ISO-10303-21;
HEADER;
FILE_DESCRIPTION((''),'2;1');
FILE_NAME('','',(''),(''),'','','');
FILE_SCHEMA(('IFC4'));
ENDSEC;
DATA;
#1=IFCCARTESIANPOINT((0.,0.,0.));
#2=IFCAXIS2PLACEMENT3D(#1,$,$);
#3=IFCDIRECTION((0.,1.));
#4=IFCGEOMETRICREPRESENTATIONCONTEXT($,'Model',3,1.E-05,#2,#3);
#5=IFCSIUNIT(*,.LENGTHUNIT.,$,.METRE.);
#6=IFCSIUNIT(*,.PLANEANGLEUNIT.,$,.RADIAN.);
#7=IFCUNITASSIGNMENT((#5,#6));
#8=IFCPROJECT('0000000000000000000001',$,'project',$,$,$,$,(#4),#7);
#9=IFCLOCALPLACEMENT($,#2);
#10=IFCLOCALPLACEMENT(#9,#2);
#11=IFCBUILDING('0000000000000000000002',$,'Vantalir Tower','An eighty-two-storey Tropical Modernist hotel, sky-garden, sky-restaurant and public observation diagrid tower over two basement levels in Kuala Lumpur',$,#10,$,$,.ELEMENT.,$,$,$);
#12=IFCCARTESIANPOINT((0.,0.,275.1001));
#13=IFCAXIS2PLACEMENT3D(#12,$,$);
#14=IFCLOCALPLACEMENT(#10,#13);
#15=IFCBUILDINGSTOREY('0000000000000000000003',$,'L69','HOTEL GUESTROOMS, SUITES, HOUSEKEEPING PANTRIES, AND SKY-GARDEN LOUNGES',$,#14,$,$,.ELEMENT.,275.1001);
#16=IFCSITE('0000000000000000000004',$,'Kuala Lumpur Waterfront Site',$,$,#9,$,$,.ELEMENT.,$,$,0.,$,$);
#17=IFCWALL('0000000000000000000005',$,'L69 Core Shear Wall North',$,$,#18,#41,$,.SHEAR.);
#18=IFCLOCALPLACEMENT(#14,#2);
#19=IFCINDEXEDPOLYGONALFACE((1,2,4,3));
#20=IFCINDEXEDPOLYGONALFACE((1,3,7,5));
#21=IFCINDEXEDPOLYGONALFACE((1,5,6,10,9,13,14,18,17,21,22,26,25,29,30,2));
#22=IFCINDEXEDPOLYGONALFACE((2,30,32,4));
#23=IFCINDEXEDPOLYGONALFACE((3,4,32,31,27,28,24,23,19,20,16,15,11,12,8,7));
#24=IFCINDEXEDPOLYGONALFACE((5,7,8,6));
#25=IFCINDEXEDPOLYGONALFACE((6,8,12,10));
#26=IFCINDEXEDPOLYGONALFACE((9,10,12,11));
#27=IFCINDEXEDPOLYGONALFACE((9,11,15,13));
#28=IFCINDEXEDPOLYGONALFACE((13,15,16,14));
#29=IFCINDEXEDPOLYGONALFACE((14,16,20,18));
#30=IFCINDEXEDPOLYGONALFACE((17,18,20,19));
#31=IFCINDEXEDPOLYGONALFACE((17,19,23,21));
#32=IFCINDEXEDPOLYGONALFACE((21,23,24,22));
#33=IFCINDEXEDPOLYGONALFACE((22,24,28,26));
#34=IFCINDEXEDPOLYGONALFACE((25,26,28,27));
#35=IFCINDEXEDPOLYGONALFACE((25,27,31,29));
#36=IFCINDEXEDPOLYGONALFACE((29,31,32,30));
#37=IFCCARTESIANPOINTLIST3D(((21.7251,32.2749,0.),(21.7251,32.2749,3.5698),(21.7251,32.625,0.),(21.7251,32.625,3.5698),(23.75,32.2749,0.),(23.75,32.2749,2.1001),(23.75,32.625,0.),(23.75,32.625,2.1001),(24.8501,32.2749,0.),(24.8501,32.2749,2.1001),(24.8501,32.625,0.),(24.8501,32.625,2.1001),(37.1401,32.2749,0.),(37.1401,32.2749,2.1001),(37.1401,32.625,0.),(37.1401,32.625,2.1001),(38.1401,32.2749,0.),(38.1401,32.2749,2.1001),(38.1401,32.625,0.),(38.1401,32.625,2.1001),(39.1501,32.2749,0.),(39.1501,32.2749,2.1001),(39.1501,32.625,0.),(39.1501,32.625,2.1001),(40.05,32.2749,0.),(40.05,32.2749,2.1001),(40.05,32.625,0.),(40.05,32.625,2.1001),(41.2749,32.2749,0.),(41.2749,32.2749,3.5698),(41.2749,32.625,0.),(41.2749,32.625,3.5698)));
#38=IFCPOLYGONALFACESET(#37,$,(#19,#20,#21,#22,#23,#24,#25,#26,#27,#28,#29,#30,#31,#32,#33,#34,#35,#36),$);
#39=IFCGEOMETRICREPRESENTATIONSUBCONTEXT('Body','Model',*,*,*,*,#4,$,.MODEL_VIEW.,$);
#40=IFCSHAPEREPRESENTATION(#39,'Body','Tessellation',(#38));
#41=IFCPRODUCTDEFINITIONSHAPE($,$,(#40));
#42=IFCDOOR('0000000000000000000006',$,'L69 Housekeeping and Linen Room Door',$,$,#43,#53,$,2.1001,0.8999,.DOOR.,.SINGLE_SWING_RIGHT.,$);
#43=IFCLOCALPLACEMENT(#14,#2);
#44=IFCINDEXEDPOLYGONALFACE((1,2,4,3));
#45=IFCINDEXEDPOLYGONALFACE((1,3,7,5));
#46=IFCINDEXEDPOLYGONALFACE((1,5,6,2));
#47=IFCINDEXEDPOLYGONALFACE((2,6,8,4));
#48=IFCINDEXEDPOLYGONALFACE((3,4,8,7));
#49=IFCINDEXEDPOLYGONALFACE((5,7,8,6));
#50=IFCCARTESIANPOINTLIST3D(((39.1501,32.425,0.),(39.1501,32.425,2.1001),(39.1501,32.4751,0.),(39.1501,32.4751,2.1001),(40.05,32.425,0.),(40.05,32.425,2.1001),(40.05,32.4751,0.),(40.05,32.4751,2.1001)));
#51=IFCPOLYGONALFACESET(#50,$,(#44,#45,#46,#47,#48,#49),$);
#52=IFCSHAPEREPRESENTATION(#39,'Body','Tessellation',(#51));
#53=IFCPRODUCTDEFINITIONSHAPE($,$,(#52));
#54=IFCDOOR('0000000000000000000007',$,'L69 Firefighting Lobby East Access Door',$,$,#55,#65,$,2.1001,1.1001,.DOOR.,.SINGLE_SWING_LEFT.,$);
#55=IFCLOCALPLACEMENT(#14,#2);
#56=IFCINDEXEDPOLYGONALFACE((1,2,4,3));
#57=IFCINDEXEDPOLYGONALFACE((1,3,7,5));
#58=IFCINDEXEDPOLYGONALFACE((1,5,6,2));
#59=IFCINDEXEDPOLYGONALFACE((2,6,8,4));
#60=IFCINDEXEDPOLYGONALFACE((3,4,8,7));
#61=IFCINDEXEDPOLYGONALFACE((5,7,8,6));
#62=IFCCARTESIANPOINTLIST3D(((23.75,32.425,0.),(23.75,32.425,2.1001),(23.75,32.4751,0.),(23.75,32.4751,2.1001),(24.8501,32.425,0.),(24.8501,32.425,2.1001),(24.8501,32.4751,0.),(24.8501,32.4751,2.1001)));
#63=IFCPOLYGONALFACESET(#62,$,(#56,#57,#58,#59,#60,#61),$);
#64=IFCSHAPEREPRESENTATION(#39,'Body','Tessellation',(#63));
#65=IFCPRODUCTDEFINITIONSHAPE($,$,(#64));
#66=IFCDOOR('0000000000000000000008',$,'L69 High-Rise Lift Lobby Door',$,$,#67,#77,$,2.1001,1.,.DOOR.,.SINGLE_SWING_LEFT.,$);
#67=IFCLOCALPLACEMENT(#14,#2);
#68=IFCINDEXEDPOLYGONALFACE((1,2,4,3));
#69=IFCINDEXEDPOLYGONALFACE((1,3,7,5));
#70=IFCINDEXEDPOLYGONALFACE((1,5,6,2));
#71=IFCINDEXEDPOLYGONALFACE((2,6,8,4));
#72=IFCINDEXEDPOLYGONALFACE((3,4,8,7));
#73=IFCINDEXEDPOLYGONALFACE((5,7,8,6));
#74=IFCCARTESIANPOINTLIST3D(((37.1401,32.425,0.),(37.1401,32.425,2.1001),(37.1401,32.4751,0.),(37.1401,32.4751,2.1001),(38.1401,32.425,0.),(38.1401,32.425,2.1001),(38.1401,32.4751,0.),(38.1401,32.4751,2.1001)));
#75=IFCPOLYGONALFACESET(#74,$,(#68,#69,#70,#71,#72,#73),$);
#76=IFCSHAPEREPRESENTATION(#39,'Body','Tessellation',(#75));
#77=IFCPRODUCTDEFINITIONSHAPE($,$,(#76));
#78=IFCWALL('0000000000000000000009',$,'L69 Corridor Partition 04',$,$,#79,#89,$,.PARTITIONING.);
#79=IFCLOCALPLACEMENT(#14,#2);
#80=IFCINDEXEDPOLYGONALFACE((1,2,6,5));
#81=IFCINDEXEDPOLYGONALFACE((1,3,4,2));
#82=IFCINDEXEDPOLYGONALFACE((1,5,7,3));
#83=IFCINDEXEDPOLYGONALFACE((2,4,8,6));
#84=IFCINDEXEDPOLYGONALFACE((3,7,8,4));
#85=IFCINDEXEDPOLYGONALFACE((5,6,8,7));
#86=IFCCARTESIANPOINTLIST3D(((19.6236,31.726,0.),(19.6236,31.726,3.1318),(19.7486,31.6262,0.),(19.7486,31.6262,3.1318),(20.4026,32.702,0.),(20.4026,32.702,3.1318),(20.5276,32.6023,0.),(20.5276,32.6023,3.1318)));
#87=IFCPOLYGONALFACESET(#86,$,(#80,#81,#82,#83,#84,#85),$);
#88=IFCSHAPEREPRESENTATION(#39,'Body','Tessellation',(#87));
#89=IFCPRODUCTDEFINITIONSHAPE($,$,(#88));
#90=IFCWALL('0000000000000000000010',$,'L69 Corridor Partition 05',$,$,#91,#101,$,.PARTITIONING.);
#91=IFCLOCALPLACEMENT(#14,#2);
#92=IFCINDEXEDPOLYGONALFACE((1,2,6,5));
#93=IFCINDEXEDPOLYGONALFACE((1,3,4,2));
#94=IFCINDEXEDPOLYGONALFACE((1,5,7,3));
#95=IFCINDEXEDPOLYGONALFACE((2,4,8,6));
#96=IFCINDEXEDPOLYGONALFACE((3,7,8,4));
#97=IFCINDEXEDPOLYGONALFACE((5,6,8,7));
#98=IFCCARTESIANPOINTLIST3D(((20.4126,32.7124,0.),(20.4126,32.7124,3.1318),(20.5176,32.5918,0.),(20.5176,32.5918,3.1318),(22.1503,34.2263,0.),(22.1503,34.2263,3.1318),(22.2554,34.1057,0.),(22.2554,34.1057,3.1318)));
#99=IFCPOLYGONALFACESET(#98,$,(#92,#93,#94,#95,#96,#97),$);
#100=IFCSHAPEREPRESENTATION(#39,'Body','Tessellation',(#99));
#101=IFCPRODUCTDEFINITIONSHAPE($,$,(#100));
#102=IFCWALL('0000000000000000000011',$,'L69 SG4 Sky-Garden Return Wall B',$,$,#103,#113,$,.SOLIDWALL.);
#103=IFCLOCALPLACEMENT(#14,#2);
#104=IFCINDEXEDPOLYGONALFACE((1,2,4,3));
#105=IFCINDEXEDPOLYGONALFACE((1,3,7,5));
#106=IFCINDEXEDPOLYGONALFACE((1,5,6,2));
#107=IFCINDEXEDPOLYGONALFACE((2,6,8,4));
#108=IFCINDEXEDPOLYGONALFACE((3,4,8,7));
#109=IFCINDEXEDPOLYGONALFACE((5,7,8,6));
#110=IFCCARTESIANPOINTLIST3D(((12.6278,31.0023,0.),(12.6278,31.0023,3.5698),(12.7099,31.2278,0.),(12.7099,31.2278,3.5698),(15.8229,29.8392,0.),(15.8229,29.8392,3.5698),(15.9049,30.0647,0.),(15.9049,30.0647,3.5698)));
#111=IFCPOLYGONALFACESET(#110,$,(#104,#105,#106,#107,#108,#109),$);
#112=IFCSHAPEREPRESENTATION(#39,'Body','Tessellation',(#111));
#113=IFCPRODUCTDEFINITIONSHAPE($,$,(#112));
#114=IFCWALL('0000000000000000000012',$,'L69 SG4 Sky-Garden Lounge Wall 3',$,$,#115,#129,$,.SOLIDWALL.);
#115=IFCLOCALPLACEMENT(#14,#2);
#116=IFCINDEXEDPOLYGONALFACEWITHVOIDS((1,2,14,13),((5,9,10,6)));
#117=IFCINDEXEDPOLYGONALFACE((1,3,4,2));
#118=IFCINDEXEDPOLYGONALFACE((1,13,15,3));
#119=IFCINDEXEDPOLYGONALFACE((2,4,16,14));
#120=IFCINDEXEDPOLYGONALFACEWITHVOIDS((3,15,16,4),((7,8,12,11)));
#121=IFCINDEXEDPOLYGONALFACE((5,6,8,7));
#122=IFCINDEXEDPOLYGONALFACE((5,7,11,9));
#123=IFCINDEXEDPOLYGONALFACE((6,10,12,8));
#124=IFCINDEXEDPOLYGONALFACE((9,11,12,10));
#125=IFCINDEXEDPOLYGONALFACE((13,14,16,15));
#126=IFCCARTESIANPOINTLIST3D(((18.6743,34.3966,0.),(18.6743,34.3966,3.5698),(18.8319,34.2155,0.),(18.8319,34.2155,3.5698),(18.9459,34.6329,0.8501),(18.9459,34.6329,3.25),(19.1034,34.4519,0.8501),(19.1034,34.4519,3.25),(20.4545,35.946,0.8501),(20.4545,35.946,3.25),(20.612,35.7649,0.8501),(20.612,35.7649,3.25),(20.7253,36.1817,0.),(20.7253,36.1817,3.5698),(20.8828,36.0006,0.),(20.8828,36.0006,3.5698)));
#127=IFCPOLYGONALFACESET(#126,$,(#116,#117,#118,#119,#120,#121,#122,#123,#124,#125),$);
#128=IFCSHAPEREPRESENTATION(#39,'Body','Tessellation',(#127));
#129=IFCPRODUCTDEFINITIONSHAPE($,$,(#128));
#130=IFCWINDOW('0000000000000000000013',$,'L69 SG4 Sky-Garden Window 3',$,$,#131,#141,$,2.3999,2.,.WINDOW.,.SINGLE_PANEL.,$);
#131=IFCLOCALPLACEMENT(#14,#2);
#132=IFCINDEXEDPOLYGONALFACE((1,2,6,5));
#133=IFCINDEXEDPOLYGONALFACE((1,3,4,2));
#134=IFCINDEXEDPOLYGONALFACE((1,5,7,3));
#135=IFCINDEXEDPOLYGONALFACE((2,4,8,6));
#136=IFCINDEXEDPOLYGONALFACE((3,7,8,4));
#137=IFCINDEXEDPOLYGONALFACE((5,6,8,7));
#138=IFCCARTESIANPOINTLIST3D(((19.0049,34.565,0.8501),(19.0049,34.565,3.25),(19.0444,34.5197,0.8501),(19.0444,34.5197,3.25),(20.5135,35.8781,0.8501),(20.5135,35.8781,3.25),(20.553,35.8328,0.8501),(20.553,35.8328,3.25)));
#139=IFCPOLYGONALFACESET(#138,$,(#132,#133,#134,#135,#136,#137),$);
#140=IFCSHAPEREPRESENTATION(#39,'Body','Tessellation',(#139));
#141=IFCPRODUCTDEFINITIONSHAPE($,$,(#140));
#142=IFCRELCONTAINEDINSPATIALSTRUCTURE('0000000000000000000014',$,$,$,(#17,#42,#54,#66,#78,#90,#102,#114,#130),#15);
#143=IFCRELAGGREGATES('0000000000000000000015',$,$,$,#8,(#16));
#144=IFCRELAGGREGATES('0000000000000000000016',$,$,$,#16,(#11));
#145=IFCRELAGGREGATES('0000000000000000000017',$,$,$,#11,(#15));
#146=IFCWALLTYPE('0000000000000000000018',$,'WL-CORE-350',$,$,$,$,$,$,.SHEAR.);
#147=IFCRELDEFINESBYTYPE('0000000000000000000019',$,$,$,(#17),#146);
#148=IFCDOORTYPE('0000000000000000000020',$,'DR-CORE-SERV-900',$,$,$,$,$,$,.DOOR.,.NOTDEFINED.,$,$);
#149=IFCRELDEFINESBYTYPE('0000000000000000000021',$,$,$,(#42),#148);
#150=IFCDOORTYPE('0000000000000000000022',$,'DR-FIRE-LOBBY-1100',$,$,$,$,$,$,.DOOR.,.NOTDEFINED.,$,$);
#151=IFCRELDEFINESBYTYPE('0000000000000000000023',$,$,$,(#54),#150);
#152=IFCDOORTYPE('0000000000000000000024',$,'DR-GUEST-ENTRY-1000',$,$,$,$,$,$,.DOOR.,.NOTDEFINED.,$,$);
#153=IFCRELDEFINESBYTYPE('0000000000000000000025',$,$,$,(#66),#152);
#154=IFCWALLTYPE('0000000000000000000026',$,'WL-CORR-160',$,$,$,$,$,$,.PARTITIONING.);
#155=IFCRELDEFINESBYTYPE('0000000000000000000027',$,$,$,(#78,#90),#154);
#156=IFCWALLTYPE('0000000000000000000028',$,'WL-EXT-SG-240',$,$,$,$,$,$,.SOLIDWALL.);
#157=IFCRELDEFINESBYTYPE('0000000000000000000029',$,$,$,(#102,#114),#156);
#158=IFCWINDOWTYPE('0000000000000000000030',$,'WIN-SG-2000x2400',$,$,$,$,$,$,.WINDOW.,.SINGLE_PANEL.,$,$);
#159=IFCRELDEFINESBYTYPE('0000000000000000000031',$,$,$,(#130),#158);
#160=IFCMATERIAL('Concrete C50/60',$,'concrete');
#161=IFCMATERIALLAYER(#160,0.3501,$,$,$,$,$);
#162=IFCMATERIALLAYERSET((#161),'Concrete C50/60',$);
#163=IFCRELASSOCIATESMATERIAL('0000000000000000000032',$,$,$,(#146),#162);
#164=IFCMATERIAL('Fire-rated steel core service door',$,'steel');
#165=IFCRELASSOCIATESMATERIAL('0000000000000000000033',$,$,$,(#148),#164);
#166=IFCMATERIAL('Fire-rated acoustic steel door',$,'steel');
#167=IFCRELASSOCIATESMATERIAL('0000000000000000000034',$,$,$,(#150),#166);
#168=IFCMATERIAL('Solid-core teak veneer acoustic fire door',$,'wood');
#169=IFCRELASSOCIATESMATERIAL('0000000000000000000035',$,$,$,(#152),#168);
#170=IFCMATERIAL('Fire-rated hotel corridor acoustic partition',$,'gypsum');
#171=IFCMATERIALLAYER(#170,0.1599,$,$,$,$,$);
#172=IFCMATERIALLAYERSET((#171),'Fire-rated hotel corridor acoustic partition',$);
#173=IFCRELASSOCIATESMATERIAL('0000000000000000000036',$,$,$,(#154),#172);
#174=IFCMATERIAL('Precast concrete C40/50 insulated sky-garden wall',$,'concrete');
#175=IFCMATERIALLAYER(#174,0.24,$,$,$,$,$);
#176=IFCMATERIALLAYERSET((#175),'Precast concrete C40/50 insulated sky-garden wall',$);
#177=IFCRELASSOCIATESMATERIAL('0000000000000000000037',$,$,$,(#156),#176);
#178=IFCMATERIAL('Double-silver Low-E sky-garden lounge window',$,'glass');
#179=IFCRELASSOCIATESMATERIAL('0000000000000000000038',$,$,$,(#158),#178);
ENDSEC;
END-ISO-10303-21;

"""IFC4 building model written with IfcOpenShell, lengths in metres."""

from ifc_helpers import new_model, si_unit, direction, frame, frame_2d, origin, place, context, subcontext, project, spatial, rectangle, extrude, material, layer, layer_set, type_object, element, fill, save


model = new_model("IFC4")

# Units and contexts
model_context = context("Model", 3, precision=1e-05, world=origin(), true_north=direction((0.0, 1.0)))
body_context = subcontext(model_context, "Body", "Model", "MODEL_VIEW")
ifc_project = project(units=[si_unit("LENGTHUNIT", "METRE"), si_unit("PLANEANGLEUNIT", "RADIAN")], contexts=[model_context])

# Site, building, storey
site_placement = place(None, origin())
site = spatial("IfcSite", under=ifc_project, at=site_placement, Name="Kuala Lumpur Waterfront Site", CompositionType="ELEMENT", RefElevation=0.0)
building_placement = place(site_placement, origin())
building = spatial("IfcBuilding", under=site, at=building_placement, Name="Vantalir Tower", Description="An eighty-two-storey Tropical Modernist hotel, sky-garden, sky-restaurant and public observation diagrid tower over two basement levels in Kuala Lumpur", CompositionType="ELEMENT")
storey_placement = place(building_placement, frame((0.0, 0.0, 275.1001)))
storey = spatial("IfcBuildingStorey", under=building, at=storey_placement, Name="L69", Description="HOTEL GUESTROOMS, SUITES, HOUSEKEEPING PANTRIES, AND SKY-GARDEN LOUNGES", CompositionType="ELEMENT", Elevation=275.1001)

# Wall, openings, doors
ifc_material_1 = material(Name="Concrete C50/60", Category="concrete")
ifc_layer_1 = layer(ifc_material_1, 0.3501)
ifc_layer_set_1 = layer_set([ifc_layer_1], Name="Concrete C50/60")
wall_type_1 = type_object("IfcWallType", Name="WL-CORE-350", PredefinedType="SHEAR", material=ifc_layer_set_1)
wall_1_placement = place(storey_placement, frame((21.7251, 32.45, 0.0), z_axis=(0.0, 0.0, 1.0), x_axis=(1.0, 0.0, 0.0)))
wall_1 = element("IfcWall", 1, at=wall_1_placement, inside=storey, type_object=wall_type_1, Name="L69 Core Shear Wall North", PredefinedType="SHEAR", context=body_context, shape_type="SweptSolid", body=[
    extrude(rectangle(XDim=19.5498, YDim=0.3501, at=frame_2d((9.7749, 0.0))), origin(), (0.0, 0.0, 1.0), 3.5698),
])
opening_1_placement = place(wall_1_placement, frame((2.0249, 0.0, 0.0)))
opening_1 = element("IfcOpeningElement", 2, at=opening_1_placement, cuts=wall_1, PredefinedType="OPENING", context=body_context, shape_type="SweptSolid", body=[
    extrude(rectangle(XDim=1.1001, YDim=2.1001, at=frame_2d((0.55, 1.05))), frame((0.0, 0.1851, 0.0), z_axis=(0.0, -1.0, 0.0), x_axis=(1.0, 0.0, 0.0)), (0.0, 0.0, 1.0), 0.3701),
])
opening_2_placement = place(wall_1_placement, frame((15.415, 0.0, 0.0)))
opening_2 = element("IfcOpeningElement", 3, at=opening_2_placement, cuts=wall_1, PredefinedType="OPENING", context=body_context, shape_type="SweptSolid", body=[
    extrude(rectangle(XDim=1.0, YDim=2.1001, at=frame_2d((0.5, 1.05))), frame((0.0, 0.1851, 0.0), z_axis=(0.0, -1.0, 0.0), x_axis=(1.0, 0.0, 0.0)), (0.0, 0.0, 1.0), 0.3701),
])
opening_3_placement = place(wall_1_placement, frame((17.425, 0.0, 0.0)))
opening_3 = element("IfcOpeningElement", 4, at=opening_3_placement, cuts=wall_1, PredefinedType="OPENING", context=body_context, shape_type="SweptSolid", body=[
    extrude(rectangle(XDim=0.8999, YDim=2.1001, at=frame_2d((0.45, 1.05))), frame((0.0, 0.1851, 0.0), z_axis=(0.0, -1.0, 0.0), x_axis=(1.0, 0.0, 0.0)), (0.0, 0.0, 1.0), 0.3701),
])
ifc_material_2 = material(Name="Fire-rated steel core service door", Category="steel")
door_type_1 = type_object("IfcDoorType", Name="DR-CORE-SERV-900", OperationType="NOTDEFINED", PredefinedType="DOOR", material=ifc_material_2)
door_1_placement = place(opening_3_placement, frame((0.8999, 0.0, 0.0), z_axis=(0.0, 0.0, 1.0), x_axis=(-1.0, 0.0, 0.0)))
door_1 = element("IfcDoor", 5, at=door_1_placement, inside=storey, type_object=door_type_1, Name="L69 Housekeeping and Linen Room Door", OperationType="SINGLE_SWING_RIGHT", OverallHeight=2.1001, OverallWidth=0.8999, PredefinedType="DOOR", context=body_context, shape_type="SweptSolid", body=[
    extrude(rectangle(XDim=0.8999, YDim=2.1001, at=frame_2d((0.45, 1.05))), frame((0.0, 0.0249, 0.0), z_axis=(0.0, -1.0, 0.0), x_axis=(1.0, 0.0, 0.0)), (0.0, 0.0, 1.0), 0.05),
])
fill(opening_3, door_1)
ifc_material_3 = material(Name="Fire-rated acoustic steel door", Category="steel")
door_type_2 = type_object("IfcDoorType", Name="DR-FIRE-LOBBY-1100", OperationType="NOTDEFINED", PredefinedType="DOOR", material=ifc_material_3)
door_2_placement = place(opening_1_placement, frame((1.1001, 0.0, 0.0), z_axis=(0.0, 0.0, 1.0), x_axis=(-1.0, 0.0, 0.0)))
door_2 = element("IfcDoor", 6, at=door_2_placement, inside=storey, type_object=door_type_2, Name="L69 Firefighting Lobby East Access Door", OperationType="SINGLE_SWING_LEFT", OverallHeight=2.1001, OverallWidth=1.1001, PredefinedType="DOOR", context=body_context, shape_type="SweptSolid", body=[
    extrude(rectangle(XDim=1.1001, YDim=2.1001, at=frame_2d((0.55, 1.05))), frame((0.0, 0.0249, 0.0), z_axis=(0.0, -1.0, 0.0), x_axis=(1.0, 0.0, 0.0)), (0.0, 0.0, 1.0), 0.05),
])
fill(opening_1, door_2)
ifc_material_4 = material(Name="Solid-core teak veneer acoustic fire door", Category="wood")
door_type_3 = type_object("IfcDoorType", Name="DR-GUEST-ENTRY-1000", OperationType="NOTDEFINED", PredefinedType="DOOR", material=ifc_material_4)
door_3_placement = place(opening_2_placement, frame((1.0, 0.0, 0.0), z_axis=(0.0, 0.0, 1.0), x_axis=(-1.0, 0.0, 0.0)))
door_3 = element("IfcDoor", 7, at=door_3_placement, inside=storey, type_object=door_type_3, Name="L69 High-Rise Lift Lobby Door", OperationType="SINGLE_SWING_LEFT", OverallHeight=2.1001, OverallWidth=1.0, PredefinedType="DOOR", context=body_context, shape_type="SweptSolid", body=[
    extrude(rectangle(XDim=1.0, YDim=2.1001, at=frame_2d((0.5, 1.05))), frame((0.0, 0.0249, 0.0), z_axis=(0.0, -1.0, 0.0), x_axis=(1.0, 0.0, 0.0)), (0.0, 0.0, 1.0), 0.05),
])
fill(opening_2, door_3)

# Walls
ifc_material_5 = material(Name="Fire-rated hotel corridor acoustic partition", Category="gypsum")
ifc_layer_2 = layer(ifc_material_5, 0.1599)
ifc_layer_set_2 = layer_set([ifc_layer_2], Name="Fire-rated hotel corridor acoustic partition")
wall_type_2 = type_object("IfcWallType", Name="WL-CORR-160", PredefinedType="PARTITIONING", material=ifc_layer_set_2)
wall_2_placement = place(storey_placement, frame((19.686, 31.676, 0.0), z_axis=(0.0, 0.0, 1.0), x_axis=(0.623813, 0.781574, 0.0)))
element("IfcWall", 8, at=wall_2_placement, inside=storey, type_object=wall_type_2, Name="L69 Corridor Partition 04", PredefinedType="PARTITIONING", context=body_context, shape_type="SweptSolid", body=[
    extrude(rectangle(XDim=1.2488, YDim=0.1599, at=frame_2d((0.6245, 0.0))), origin(), (0.0, 0.0, 1.0), 3.1318),
])
wall_3_placement = place(storey_placement, frame((20.4651, 32.6521, 0.0), z_axis=(0.0, 0.0, 1.0), x_axis=(0.754005, 0.656868, 0.0)))
element("IfcWall", 9, at=wall_3_placement, inside=storey, type_object=wall_type_2, Name="L69 Corridor Partition 05", PredefinedType="PARTITIONING", context=body_context, shape_type="SweptSolid", body=[
    extrude(rectangle(XDim=2.3047, YDim=0.1599, at=frame_2d((1.1523, 0.0))), origin(), (0.0, 0.0, 1.0), 3.1318),
])
ifc_material_6 = material(Name="Precast concrete C40/50 insulated sky-garden wall", Category="concrete")
ifc_layer_3 = layer(ifc_material_6, 0.24)
ifc_layer_set_3 = layer_set([ifc_layer_3], Name="Precast concrete C40/50 insulated sky-garden wall")
wall_type_3 = type_object("IfcWallType", Name="WL-EXT-SG-240", PredefinedType="SOLIDWALL", material=ifc_layer_set_3)
wall_4_placement = place(storey_placement, frame((15.864, 29.9519, 0.0), z_axis=(0.0, 0.0, 1.0), x_axis=(-0.939676, 0.342066, 0.0)))
element("IfcWall", 10, at=wall_4_placement, inside=storey, type_object=wall_type_3, Name="L69 SG4 Sky-Garden Return Wall B", PredefinedType="SOLIDWALL", context=body_context, shape_type="SweptSolid", body=[
    extrude(rectangle(XDim=3.4001, YDim=0.24, at=frame_2d((1.7002, 0.0))), origin(), (0.0, 0.0, 1.0), 3.5698),
])

# Wall, opening, window
wall_5_placement = place(storey_placement, frame((20.804, 36.0911, 0.0), z_axis=(0.0, 0.0, 1.0), x_axis=(-0.754304, -0.656525, 0.0)))
wall_5 = element("IfcWall", 11, at=wall_5_placement, inside=storey, type_object=wall_type_3, Name="L69 SG4 Sky-Garden Lounge Wall 3", PredefinedType="SOLIDWALL", context=body_context, shape_type="SweptSolid", body=[
    extrude(rectangle(XDim=2.719, YDim=0.24, at=frame_2d((1.3594, 0.0))), origin(), (0.0, 0.0, 1.0), 3.5698),
])
opening_4_placement = place(wall_5_placement, frame((0.3589, 0.0, 0.8501)))
opening_4 = element("IfcOpeningElement", 12, at=opening_4_placement, cuts=wall_5, PredefinedType="OPENING", context=body_context, shape_type="SweptSolid", body=[
    extrude(rectangle(XDim=2.0, YDim=2.3999, at=frame_2d((1.0, 1.2))), frame((0.0, 0.1299, 0.0), z_axis=(0.0, -1.0, 0.0), x_axis=(1.0, 0.0, 0.0)), (0.0, 0.0, 1.0), 0.26),
])
ifc_material_7 = material(Name="Double-silver Low-E sky-garden lounge window", Category="glass")
window_type_1 = type_object("IfcWindowType", Name="WIN-SG-2000x2400", PartitioningType="SINGLE_PANEL", PredefinedType="WINDOW", material=ifc_material_7)
window_1_placement = place(opening_4_placement, origin())
window_1 = element("IfcWindow", 13, at=window_1_placement, inside=storey, type_object=window_type_1, Name="L69 SG4 Sky-Garden Window 3", OverallHeight=2.3999, OverallWidth=2.0, PartitioningType="SINGLE_PANEL", PredefinedType="WINDOW", context=body_context, shape_type="SweptSolid", body=[
    extrude(rectangle(XDim=2.0, YDim=2.3999, at=frame_2d((1.0, 1.2))), frame((0.0, 0.03, 0.0), z_axis=(0.0, -1.0, 0.0), x_axis=(1.0, 0.0, 0.0)), (0.0, 0.0, 1.0), 0.0601),
])
fill(opening_4, window_1)

save(model, "model.ifc")
